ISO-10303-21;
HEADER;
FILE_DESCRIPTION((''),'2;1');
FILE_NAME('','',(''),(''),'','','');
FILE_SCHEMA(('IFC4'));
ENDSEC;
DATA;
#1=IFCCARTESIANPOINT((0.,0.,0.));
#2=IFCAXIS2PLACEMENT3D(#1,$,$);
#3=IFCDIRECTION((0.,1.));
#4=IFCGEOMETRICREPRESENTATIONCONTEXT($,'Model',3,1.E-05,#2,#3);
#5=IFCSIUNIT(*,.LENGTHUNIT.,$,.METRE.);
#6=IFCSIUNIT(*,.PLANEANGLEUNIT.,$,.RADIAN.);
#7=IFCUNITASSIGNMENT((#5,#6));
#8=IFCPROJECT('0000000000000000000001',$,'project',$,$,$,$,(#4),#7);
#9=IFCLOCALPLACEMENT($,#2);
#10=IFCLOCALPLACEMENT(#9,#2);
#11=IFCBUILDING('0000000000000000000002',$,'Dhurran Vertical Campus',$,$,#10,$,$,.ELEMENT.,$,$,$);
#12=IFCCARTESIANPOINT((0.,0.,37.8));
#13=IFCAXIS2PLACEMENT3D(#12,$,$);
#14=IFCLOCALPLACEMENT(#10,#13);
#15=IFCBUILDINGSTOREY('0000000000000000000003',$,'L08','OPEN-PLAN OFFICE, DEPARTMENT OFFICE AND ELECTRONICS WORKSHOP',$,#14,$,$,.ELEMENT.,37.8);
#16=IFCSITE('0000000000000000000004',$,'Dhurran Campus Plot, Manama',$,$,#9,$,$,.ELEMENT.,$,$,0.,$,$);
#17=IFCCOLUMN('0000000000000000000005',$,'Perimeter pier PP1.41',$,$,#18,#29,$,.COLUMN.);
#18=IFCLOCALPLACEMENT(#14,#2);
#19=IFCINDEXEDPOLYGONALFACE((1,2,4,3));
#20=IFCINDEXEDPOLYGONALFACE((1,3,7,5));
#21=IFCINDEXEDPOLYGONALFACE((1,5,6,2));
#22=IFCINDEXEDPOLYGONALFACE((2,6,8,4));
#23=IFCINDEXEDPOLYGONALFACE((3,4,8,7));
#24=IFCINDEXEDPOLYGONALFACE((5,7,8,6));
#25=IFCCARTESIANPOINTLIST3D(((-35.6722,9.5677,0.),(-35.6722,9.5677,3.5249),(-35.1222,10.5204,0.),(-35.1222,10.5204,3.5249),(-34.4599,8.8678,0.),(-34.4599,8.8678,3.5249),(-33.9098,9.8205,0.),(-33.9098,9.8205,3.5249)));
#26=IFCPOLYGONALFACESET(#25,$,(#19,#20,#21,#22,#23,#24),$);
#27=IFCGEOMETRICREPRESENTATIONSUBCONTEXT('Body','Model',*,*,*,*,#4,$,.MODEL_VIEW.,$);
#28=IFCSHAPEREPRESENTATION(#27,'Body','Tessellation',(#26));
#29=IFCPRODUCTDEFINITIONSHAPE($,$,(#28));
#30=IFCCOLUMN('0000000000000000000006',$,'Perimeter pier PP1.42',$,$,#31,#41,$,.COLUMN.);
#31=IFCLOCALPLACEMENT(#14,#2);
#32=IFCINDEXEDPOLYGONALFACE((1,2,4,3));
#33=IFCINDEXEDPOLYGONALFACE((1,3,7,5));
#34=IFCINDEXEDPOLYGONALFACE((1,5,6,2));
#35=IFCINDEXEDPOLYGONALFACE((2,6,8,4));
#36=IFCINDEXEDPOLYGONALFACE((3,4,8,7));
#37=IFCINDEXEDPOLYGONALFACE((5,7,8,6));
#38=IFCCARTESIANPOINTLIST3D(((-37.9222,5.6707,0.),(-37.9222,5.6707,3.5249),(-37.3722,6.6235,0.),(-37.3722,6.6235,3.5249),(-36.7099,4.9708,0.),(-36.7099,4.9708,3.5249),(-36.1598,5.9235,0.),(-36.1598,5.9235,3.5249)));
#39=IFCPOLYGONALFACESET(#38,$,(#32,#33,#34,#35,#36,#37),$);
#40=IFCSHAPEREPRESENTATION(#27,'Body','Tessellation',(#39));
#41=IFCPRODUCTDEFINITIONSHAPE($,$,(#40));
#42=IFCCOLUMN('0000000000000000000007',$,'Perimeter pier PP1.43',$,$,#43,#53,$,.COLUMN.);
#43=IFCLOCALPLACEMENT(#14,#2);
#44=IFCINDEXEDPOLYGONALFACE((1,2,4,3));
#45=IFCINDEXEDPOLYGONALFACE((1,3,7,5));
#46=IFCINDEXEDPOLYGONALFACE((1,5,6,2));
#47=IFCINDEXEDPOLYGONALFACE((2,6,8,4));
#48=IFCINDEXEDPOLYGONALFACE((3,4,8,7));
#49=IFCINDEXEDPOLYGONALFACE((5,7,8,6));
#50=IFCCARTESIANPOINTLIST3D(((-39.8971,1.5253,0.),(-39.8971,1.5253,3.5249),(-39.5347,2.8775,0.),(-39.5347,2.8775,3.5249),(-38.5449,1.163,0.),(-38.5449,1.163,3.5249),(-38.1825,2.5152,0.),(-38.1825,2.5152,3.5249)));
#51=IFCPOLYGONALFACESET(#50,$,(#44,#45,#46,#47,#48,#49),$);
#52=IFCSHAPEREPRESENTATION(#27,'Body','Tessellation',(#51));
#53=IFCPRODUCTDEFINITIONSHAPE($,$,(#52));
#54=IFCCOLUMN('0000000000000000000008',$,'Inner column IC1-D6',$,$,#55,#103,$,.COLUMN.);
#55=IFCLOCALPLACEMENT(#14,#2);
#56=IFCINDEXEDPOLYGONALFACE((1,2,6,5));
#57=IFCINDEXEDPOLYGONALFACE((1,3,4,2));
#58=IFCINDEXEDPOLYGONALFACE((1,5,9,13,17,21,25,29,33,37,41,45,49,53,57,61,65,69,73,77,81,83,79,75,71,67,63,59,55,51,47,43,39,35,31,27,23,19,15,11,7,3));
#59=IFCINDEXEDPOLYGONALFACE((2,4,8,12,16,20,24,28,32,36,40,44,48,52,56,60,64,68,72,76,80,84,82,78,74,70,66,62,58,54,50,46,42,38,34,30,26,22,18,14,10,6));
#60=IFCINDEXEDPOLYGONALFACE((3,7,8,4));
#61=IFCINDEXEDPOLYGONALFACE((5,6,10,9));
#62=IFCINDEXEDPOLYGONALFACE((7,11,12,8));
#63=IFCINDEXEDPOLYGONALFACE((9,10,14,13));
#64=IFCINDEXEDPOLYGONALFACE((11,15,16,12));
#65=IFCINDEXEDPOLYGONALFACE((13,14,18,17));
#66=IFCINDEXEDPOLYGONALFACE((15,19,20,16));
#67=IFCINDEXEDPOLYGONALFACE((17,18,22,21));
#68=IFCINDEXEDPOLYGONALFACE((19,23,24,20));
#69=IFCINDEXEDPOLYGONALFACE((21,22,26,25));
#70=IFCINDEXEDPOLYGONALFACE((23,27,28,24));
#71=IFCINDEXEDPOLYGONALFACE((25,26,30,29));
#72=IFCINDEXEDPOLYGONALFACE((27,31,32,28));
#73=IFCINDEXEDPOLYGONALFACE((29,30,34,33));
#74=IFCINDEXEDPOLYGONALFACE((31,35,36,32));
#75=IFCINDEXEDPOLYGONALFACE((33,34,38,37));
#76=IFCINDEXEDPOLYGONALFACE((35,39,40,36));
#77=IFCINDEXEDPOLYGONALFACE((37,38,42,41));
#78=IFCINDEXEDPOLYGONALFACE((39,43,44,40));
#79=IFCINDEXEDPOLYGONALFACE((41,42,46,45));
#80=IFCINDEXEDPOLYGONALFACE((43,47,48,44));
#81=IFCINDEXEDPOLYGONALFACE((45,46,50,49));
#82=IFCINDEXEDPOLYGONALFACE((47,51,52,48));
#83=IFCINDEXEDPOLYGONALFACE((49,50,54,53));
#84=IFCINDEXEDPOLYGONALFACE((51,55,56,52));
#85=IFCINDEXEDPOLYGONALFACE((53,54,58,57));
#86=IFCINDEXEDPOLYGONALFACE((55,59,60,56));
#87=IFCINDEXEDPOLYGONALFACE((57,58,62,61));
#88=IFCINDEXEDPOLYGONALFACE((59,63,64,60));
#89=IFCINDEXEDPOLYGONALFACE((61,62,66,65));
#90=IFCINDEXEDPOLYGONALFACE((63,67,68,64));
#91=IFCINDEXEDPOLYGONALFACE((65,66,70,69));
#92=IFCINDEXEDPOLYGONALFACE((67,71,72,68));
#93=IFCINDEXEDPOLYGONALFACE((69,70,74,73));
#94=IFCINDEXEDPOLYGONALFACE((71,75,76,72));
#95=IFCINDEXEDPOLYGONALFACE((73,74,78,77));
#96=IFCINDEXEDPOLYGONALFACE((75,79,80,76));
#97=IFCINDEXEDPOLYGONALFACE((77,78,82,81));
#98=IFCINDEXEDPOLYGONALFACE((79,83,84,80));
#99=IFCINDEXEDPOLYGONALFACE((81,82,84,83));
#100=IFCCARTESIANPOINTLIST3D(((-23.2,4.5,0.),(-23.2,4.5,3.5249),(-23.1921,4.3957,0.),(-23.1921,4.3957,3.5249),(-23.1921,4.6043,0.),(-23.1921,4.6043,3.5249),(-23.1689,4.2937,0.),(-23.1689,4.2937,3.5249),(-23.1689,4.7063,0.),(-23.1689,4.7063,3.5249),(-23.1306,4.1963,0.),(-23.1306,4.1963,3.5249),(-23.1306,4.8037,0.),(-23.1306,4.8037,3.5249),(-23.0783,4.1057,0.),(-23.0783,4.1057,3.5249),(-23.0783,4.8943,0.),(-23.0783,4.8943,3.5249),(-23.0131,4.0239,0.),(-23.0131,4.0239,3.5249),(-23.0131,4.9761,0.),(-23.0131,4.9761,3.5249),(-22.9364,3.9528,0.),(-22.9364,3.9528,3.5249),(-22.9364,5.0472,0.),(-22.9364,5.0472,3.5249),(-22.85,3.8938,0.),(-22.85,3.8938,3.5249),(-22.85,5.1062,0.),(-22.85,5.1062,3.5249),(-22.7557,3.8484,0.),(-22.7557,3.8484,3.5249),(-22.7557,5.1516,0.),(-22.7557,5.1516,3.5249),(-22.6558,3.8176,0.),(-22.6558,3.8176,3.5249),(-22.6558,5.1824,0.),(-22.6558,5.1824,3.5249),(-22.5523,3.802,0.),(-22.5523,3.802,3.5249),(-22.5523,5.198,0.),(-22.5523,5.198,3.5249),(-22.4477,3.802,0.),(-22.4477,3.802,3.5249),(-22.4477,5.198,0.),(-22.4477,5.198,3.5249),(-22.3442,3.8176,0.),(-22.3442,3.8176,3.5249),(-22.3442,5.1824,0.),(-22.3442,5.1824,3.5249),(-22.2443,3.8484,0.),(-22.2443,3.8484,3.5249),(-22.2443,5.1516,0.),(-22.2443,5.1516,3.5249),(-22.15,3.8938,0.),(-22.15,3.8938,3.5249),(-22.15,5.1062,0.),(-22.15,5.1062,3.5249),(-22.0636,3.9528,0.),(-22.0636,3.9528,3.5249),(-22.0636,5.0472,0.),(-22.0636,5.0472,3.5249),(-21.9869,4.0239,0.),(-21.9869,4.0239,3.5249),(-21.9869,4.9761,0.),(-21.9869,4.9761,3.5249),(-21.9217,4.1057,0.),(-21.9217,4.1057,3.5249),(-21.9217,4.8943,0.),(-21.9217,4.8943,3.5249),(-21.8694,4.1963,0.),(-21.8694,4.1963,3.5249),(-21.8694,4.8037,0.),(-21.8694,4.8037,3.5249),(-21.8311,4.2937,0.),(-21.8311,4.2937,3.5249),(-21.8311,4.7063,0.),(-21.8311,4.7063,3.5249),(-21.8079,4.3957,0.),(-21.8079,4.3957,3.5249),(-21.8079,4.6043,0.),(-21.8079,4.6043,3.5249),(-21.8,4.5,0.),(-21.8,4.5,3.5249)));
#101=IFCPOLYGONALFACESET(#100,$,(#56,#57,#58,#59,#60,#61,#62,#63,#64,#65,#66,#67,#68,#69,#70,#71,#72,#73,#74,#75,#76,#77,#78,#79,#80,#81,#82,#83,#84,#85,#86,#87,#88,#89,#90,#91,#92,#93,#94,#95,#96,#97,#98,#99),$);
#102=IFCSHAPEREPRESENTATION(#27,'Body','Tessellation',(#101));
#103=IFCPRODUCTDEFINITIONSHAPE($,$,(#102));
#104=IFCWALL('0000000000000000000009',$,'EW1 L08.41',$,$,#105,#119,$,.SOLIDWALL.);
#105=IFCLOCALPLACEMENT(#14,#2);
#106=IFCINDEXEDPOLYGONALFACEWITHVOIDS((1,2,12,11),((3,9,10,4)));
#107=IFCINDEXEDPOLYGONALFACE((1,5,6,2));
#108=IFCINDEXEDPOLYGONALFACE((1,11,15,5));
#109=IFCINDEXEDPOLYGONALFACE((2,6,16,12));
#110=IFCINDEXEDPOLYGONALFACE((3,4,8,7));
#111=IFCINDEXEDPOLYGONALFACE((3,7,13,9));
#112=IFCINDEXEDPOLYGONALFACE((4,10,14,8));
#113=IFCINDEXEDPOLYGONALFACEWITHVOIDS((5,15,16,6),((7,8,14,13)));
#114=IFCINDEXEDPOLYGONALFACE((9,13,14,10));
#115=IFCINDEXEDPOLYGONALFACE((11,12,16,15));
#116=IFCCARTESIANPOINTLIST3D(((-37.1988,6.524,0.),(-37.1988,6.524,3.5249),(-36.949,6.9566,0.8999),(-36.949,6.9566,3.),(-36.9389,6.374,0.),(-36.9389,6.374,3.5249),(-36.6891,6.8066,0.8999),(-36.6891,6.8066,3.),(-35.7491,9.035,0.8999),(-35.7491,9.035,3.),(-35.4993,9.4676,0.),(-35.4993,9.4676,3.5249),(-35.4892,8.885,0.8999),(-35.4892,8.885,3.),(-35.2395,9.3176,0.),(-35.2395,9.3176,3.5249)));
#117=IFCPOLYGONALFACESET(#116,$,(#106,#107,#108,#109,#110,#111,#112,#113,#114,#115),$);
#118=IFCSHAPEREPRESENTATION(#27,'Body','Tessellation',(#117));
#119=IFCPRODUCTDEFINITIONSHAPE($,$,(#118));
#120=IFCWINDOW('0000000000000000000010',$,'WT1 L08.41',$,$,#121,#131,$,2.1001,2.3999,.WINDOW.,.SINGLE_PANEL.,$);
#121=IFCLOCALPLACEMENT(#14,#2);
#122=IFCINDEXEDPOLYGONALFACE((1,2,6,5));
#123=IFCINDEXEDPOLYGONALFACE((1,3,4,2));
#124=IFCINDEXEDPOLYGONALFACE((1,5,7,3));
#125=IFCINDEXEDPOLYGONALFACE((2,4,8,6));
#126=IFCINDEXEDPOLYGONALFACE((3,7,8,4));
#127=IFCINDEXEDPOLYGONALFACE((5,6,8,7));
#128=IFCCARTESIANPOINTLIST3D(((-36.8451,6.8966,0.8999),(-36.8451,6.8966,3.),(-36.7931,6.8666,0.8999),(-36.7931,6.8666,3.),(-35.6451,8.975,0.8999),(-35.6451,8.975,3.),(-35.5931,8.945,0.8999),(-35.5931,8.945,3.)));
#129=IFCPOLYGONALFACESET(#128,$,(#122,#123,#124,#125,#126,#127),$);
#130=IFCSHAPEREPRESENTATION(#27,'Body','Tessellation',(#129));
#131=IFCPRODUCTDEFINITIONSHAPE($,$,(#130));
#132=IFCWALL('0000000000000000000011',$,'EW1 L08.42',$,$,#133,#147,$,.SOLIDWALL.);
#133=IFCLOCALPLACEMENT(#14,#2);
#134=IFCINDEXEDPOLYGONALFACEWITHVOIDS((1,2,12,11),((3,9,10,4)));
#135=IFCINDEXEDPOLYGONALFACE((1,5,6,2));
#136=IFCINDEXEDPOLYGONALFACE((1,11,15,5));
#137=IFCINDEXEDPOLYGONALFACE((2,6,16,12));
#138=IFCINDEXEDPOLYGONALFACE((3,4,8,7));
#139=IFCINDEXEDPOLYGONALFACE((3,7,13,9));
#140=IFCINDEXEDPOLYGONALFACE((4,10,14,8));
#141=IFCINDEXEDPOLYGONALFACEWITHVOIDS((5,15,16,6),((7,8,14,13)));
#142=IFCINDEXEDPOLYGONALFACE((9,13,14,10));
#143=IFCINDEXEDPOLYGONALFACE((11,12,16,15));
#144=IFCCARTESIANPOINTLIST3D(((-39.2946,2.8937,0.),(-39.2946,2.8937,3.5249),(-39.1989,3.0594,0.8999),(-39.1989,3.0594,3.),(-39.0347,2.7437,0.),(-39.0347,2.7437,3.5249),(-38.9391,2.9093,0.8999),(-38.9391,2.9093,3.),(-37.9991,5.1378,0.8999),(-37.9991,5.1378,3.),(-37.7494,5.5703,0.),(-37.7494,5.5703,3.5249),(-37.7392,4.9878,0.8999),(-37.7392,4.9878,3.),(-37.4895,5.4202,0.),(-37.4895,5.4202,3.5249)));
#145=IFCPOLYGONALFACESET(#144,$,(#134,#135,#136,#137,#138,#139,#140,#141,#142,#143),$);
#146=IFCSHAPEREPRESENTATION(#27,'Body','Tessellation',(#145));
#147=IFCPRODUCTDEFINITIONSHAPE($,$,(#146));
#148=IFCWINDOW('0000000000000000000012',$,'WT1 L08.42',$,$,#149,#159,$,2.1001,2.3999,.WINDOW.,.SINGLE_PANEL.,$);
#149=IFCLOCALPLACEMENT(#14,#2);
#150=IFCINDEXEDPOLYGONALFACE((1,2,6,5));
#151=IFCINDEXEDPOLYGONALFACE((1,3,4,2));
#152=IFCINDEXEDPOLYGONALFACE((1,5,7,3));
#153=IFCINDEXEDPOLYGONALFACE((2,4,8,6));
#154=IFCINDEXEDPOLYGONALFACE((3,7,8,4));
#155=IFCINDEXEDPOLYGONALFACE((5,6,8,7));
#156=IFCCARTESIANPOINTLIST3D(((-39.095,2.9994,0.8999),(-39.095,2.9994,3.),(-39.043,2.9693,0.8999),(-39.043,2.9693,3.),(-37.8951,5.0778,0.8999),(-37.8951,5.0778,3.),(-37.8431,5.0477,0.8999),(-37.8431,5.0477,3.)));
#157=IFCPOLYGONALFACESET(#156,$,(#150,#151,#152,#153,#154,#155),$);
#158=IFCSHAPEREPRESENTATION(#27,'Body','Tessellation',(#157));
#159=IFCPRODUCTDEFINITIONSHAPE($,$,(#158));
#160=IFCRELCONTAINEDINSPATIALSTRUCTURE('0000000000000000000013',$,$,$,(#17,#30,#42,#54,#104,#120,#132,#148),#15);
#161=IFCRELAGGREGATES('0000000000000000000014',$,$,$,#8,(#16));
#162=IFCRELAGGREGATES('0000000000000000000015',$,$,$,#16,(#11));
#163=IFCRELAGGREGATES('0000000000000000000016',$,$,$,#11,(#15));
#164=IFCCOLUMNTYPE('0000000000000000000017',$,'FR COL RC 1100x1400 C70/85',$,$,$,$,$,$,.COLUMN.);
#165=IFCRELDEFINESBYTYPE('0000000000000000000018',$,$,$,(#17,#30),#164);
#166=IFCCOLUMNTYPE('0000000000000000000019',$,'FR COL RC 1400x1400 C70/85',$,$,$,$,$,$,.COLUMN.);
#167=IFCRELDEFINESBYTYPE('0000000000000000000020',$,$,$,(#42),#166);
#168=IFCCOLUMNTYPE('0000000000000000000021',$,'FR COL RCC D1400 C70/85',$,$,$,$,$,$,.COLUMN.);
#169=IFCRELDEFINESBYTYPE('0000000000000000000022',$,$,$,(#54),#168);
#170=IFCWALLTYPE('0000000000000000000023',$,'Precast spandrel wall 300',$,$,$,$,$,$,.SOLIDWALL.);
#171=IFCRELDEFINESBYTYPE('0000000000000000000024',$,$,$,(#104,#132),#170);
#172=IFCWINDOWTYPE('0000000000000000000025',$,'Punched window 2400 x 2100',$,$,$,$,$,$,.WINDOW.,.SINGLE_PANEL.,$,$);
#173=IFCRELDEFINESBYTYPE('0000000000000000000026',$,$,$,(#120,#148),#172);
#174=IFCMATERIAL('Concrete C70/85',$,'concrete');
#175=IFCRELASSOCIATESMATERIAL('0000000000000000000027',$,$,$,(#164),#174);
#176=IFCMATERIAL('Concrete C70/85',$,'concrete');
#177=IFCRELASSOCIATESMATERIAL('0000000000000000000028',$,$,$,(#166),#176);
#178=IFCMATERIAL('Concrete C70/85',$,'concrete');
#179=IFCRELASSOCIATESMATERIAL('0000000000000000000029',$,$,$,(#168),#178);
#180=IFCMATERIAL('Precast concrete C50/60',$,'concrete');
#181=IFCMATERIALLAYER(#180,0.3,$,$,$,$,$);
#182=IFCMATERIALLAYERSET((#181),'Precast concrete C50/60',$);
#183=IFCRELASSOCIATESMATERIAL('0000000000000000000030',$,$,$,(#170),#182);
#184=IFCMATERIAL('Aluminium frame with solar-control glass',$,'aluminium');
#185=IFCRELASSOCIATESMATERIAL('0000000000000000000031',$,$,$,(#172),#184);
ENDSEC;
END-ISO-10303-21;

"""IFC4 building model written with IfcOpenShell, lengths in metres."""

from ifc_helpers import new_model, si_unit, direction, frame, frame_2d, origin, origin_2d, place, context, subcontext, project, spatial, rectangle, circle, extrude, material, layer, layer_set, material_profile, profile_set, type_object, element, fill, save


model = new_model("IFC4")

# Units and contexts
model_context = context("Model", 3, precision=1e-05, world=origin(), true_north=direction((0.0, 1.0)))
body_context = subcontext(model_context, "Body", "Model", "MODEL_VIEW")
ifc_project = project(units=[si_unit("LENGTHUNIT", "METRE"), si_unit("PLANEANGLEUNIT", "RADIAN")], contexts=[model_context])

# Site, building, storey
site_placement = place(None, origin())
site = spatial("IfcSite", under=ifc_project, at=site_placement, Name="Dhurran Campus Plot, Manama", CompositionType="ELEMENT", RefElevation=0.0)
building_placement = place(site_placement, origin())
building = spatial("IfcBuilding", under=site, at=building_placement, Name="Dhurran Vertical Campus", CompositionType="ELEMENT")
storey_placement = place(building_placement, frame((0.0, 0.0, 37.8)))
storey = spatial("IfcBuildingStorey", under=building, at=storey_placement, Name="L08", Description="OPEN-PLAN OFFICE, DEPARTMENT OFFICE AND ELECTRONICS WORKSHOP", CompositionType="ELEMENT", Elevation=37.8)

# Columns
ifc_material_1 = material(Name="Concrete C70/85", Category="concrete")
ifc_material_profile_1 = material_profile(ifc_material_1, rectangle(XDim=1.1001, YDim=1.3999, at=origin_2d()), Name="RC 1100x1400")
ifc_profile_set_1 = profile_set([ifc_material_profile_1], Name="Concrete C70/85")
column_type_1 = type_object("IfcColumnType", Name="FR COL RC 1100x1400 C70/85", PredefinedType="COLUMN", material=ifc_profile_set_1)
for number, where, z_axis, x_axis, name in (
    (1, (-34.791, 9.6941, 0.0), (0.0, 0.0, 1.0), (-0.5, -0.866025, 0.0), "Perimeter pier PP1.41"),
    (2, (-37.041, 5.7971, 0.0), (0.0, 0.0, 1.0), (-0.5, -0.866025, 0.0), "Perimeter pier PP1.42"),
):
    element("IfcColumn", number, at=place(storey_placement, frame(where, z_axis=z_axis, x_axis=x_axis)), inside=storey, type_object=column_type_1, Name=name, PredefinedType="COLUMN", context=body_context, shape_type="SweptSolid", body=[
        extrude(rectangle(XDim=1.1001, YDim=1.3999, at=origin_2d()), origin(), (0.0, 0.0, 1.0), 3.5249),
    ])
ifc_material_2 = material(Name="Concrete C70/85", Category="concrete")
ifc_material_profile_2 = material_profile(ifc_material_2, rectangle(XDim=1.3999, YDim=1.3999, at=origin_2d()), Name="RC 1400x1400")
ifc_profile_set_2 = profile_set([ifc_material_profile_2], Name="Concrete C70/85")
column_type_2 = type_object("IfcColumnType", Name="FR COL RC 1400x1400 C70/85", PredefinedType="COLUMN", material=ifc_profile_set_2)
column_1_placement = place(storey_placement, frame((-39.0398, 2.0203, 0.0), z_axis=(0.0, 0.0, 1.0), x_axis=(-0.258819, -0.965926, 0.0)))
element("IfcColumn", 3, at=column_1_placement, inside=storey, type_object=column_type_2, Name="Perimeter pier PP1.43", PredefinedType="COLUMN", context=body_context, shape_type="SweptSolid", body=[
    extrude(rectangle(XDim=1.3999, YDim=1.3999, at=origin_2d()), origin(), (0.0, 0.0, 1.0), 3.5249),
])
ifc_material_3 = material(Name="Concrete C70/85", Category="concrete")
ifc_material_profile_3 = material_profile(ifc_material_3, circle(Radius=0.7, at=origin_2d()), Name="RCC D1400")
ifc_profile_set_3 = profile_set([ifc_material_profile_3], Name="Concrete C70/85")
column_type_3 = type_object("IfcColumnType", Name="FR COL RCC D1400 C70/85", PredefinedType="COLUMN", material=ifc_profile_set_3)
column_2_placement = place(storey_placement, frame((-22.5, 4.5, 0.0), z_axis=(0.0, 0.0, 1.0), x_axis=(1.0, 0.0, 0.0)))
element("IfcColumn", 4, at=column_2_placement, inside=storey, type_object=column_type_3, Name="Inner column IC1-D6", PredefinedType="COLUMN", context=body_context, shape_type="SweptSolid", body=[
    extrude(circle(Radius=0.7, at=origin_2d()), origin(), (0.0, 0.0, 1.0), 3.5249),
])

# Walls, openings, windows
ifc_material_4 = material(Name="Precast concrete C50/60", Category="concrete")
ifc_layer_1 = layer(ifc_material_4, 0.3)
ifc_layer_set_1 = layer_set([ifc_layer_1], Name="Precast concrete C50/60")
wall_type_1 = type_object("IfcWallType", Name="Precast spandrel wall 300", PredefinedType="SOLIDWALL", material=ifc_layer_set_1)
wall_1_placement = place(storey_placement, frame((-35.3694, 9.3926, 0.0), z_axis=(0.0, 0.0, 1.0), x_axis=(-0.499994, -0.866029, 0.0)))
wall_1 = element("IfcWall", 5, at=wall_1_placement, inside=storey, type_object=wall_type_1, Name="EW1 L08.41", PredefinedType="SOLIDWALL", context=body_context, shape_type="SweptSolid", body=[
    extrude(rectangle(XDim=3.3989, YDim=0.3, at=frame_2d((1.6995, 0.0))), origin(), (0.0, 0.0, 1.0), 3.5249),
])
opening_1_placement = place(wall_1_placement, frame((0.4995, 0.0, 0.8999)))
opening_1 = element("IfcOpeningElement", 6, at=opening_1_placement, cuts=wall_1, PredefinedType="OPENING", context=body_context, shape_type="SweptSolid", body=[
    extrude(rectangle(XDim=2.3999, YDim=2.1001, at=frame_2d((1.2, 1.05))), frame((0.0, 0.1599, 0.0), z_axis=(0.0, -1.0, 0.0), x_axis=(1.0, 0.0, 0.0)), (0.0, 0.0, 1.0), 0.3201),
])
ifc_material_5 = material(Name="Aluminium frame with solar-control glass", Category="aluminium")
window_type = type_object("IfcWindowType", Name="Punched window 2400 x 2100", PartitioningType="SINGLE_PANEL", PredefinedType="WINDOW", material=ifc_material_5)
window_1_placement = place(opening_1_placement, origin())
window_1 = element("IfcWindow", 7, at=window_1_placement, inside=storey, type_object=window_type, Name="WT1 L08.41", OverallHeight=2.1001, OverallWidth=2.3999, PartitioningType="SINGLE_PANEL", PredefinedType="WINDOW", context=body_context, shape_type="SweptSolid", body=[
    extrude(rectangle(XDim=2.3999, YDim=2.1001, at=frame_2d((1.2, 1.05))), frame((0.0, 0.03, 0.0), z_axis=(0.0, -1.0, 0.0), x_axis=(1.0, 0.0, 0.0)), (0.0, 0.0, 1.0), 0.0601),
])
fill(opening_1, window_1)
wall_2_placement = place(storey_placement, frame((-37.6194, 5.4954, 0.0), z_axis=(0.0, 0.0, 1.0), x_axis=(-0.499971, -0.866042, 0.0)))
wall_2 = element("IfcWall", 8, at=wall_2_placement, inside=storey, type_object=wall_type_1, Name="EW1 L08.42", PredefinedType="SOLIDWALL", context=body_context, shape_type="SweptSolid", body=[
    extrude(rectangle(XDim=3.0906, YDim=0.3, at=frame_2d((1.5454, 0.0))), origin(), (0.0, 0.0, 1.0), 3.5249),
])
opening_2_placement = place(wall_2_placement, frame((0.4995, 0.0, 0.8999)))
opening_2 = element("IfcOpeningElement", 9, at=opening_2_placement, cuts=wall_2, PredefinedType="OPENING", context=body_context, shape_type="SweptSolid", body=[
    extrude(rectangle(XDim=2.3999, YDim=2.1001, at=frame_2d((1.2, 1.05))), frame((0.0, 0.1599, 0.0), z_axis=(0.0, -1.0, 0.0), x_axis=(1.0, 0.0, 0.0)), (0.0, 0.0, 1.0), 0.3201),
])
window_2_placement = place(opening_2_placement, origin())
window_2 = element("IfcWindow", 10, at=window_2_placement, inside=storey, type_object=window_type, Name="WT1 L08.42", OverallHeight=2.1001, OverallWidth=2.3999, PartitioningType="SINGLE_PANEL", PredefinedType="WINDOW", context=body_context, shape_type="SweptSolid", body=[
    extrude(rectangle(XDim=2.3999, YDim=2.1001, at=frame_2d((1.2, 1.05))), frame((0.0, 0.03, 0.0), z_axis=(0.0, -1.0, 0.0), x_axis=(1.0, 0.0, 0.0)), (0.0, 0.0, 1.0), 0.0601),
])
fill(opening_2, window_2)

save(model, "model.ifc")
